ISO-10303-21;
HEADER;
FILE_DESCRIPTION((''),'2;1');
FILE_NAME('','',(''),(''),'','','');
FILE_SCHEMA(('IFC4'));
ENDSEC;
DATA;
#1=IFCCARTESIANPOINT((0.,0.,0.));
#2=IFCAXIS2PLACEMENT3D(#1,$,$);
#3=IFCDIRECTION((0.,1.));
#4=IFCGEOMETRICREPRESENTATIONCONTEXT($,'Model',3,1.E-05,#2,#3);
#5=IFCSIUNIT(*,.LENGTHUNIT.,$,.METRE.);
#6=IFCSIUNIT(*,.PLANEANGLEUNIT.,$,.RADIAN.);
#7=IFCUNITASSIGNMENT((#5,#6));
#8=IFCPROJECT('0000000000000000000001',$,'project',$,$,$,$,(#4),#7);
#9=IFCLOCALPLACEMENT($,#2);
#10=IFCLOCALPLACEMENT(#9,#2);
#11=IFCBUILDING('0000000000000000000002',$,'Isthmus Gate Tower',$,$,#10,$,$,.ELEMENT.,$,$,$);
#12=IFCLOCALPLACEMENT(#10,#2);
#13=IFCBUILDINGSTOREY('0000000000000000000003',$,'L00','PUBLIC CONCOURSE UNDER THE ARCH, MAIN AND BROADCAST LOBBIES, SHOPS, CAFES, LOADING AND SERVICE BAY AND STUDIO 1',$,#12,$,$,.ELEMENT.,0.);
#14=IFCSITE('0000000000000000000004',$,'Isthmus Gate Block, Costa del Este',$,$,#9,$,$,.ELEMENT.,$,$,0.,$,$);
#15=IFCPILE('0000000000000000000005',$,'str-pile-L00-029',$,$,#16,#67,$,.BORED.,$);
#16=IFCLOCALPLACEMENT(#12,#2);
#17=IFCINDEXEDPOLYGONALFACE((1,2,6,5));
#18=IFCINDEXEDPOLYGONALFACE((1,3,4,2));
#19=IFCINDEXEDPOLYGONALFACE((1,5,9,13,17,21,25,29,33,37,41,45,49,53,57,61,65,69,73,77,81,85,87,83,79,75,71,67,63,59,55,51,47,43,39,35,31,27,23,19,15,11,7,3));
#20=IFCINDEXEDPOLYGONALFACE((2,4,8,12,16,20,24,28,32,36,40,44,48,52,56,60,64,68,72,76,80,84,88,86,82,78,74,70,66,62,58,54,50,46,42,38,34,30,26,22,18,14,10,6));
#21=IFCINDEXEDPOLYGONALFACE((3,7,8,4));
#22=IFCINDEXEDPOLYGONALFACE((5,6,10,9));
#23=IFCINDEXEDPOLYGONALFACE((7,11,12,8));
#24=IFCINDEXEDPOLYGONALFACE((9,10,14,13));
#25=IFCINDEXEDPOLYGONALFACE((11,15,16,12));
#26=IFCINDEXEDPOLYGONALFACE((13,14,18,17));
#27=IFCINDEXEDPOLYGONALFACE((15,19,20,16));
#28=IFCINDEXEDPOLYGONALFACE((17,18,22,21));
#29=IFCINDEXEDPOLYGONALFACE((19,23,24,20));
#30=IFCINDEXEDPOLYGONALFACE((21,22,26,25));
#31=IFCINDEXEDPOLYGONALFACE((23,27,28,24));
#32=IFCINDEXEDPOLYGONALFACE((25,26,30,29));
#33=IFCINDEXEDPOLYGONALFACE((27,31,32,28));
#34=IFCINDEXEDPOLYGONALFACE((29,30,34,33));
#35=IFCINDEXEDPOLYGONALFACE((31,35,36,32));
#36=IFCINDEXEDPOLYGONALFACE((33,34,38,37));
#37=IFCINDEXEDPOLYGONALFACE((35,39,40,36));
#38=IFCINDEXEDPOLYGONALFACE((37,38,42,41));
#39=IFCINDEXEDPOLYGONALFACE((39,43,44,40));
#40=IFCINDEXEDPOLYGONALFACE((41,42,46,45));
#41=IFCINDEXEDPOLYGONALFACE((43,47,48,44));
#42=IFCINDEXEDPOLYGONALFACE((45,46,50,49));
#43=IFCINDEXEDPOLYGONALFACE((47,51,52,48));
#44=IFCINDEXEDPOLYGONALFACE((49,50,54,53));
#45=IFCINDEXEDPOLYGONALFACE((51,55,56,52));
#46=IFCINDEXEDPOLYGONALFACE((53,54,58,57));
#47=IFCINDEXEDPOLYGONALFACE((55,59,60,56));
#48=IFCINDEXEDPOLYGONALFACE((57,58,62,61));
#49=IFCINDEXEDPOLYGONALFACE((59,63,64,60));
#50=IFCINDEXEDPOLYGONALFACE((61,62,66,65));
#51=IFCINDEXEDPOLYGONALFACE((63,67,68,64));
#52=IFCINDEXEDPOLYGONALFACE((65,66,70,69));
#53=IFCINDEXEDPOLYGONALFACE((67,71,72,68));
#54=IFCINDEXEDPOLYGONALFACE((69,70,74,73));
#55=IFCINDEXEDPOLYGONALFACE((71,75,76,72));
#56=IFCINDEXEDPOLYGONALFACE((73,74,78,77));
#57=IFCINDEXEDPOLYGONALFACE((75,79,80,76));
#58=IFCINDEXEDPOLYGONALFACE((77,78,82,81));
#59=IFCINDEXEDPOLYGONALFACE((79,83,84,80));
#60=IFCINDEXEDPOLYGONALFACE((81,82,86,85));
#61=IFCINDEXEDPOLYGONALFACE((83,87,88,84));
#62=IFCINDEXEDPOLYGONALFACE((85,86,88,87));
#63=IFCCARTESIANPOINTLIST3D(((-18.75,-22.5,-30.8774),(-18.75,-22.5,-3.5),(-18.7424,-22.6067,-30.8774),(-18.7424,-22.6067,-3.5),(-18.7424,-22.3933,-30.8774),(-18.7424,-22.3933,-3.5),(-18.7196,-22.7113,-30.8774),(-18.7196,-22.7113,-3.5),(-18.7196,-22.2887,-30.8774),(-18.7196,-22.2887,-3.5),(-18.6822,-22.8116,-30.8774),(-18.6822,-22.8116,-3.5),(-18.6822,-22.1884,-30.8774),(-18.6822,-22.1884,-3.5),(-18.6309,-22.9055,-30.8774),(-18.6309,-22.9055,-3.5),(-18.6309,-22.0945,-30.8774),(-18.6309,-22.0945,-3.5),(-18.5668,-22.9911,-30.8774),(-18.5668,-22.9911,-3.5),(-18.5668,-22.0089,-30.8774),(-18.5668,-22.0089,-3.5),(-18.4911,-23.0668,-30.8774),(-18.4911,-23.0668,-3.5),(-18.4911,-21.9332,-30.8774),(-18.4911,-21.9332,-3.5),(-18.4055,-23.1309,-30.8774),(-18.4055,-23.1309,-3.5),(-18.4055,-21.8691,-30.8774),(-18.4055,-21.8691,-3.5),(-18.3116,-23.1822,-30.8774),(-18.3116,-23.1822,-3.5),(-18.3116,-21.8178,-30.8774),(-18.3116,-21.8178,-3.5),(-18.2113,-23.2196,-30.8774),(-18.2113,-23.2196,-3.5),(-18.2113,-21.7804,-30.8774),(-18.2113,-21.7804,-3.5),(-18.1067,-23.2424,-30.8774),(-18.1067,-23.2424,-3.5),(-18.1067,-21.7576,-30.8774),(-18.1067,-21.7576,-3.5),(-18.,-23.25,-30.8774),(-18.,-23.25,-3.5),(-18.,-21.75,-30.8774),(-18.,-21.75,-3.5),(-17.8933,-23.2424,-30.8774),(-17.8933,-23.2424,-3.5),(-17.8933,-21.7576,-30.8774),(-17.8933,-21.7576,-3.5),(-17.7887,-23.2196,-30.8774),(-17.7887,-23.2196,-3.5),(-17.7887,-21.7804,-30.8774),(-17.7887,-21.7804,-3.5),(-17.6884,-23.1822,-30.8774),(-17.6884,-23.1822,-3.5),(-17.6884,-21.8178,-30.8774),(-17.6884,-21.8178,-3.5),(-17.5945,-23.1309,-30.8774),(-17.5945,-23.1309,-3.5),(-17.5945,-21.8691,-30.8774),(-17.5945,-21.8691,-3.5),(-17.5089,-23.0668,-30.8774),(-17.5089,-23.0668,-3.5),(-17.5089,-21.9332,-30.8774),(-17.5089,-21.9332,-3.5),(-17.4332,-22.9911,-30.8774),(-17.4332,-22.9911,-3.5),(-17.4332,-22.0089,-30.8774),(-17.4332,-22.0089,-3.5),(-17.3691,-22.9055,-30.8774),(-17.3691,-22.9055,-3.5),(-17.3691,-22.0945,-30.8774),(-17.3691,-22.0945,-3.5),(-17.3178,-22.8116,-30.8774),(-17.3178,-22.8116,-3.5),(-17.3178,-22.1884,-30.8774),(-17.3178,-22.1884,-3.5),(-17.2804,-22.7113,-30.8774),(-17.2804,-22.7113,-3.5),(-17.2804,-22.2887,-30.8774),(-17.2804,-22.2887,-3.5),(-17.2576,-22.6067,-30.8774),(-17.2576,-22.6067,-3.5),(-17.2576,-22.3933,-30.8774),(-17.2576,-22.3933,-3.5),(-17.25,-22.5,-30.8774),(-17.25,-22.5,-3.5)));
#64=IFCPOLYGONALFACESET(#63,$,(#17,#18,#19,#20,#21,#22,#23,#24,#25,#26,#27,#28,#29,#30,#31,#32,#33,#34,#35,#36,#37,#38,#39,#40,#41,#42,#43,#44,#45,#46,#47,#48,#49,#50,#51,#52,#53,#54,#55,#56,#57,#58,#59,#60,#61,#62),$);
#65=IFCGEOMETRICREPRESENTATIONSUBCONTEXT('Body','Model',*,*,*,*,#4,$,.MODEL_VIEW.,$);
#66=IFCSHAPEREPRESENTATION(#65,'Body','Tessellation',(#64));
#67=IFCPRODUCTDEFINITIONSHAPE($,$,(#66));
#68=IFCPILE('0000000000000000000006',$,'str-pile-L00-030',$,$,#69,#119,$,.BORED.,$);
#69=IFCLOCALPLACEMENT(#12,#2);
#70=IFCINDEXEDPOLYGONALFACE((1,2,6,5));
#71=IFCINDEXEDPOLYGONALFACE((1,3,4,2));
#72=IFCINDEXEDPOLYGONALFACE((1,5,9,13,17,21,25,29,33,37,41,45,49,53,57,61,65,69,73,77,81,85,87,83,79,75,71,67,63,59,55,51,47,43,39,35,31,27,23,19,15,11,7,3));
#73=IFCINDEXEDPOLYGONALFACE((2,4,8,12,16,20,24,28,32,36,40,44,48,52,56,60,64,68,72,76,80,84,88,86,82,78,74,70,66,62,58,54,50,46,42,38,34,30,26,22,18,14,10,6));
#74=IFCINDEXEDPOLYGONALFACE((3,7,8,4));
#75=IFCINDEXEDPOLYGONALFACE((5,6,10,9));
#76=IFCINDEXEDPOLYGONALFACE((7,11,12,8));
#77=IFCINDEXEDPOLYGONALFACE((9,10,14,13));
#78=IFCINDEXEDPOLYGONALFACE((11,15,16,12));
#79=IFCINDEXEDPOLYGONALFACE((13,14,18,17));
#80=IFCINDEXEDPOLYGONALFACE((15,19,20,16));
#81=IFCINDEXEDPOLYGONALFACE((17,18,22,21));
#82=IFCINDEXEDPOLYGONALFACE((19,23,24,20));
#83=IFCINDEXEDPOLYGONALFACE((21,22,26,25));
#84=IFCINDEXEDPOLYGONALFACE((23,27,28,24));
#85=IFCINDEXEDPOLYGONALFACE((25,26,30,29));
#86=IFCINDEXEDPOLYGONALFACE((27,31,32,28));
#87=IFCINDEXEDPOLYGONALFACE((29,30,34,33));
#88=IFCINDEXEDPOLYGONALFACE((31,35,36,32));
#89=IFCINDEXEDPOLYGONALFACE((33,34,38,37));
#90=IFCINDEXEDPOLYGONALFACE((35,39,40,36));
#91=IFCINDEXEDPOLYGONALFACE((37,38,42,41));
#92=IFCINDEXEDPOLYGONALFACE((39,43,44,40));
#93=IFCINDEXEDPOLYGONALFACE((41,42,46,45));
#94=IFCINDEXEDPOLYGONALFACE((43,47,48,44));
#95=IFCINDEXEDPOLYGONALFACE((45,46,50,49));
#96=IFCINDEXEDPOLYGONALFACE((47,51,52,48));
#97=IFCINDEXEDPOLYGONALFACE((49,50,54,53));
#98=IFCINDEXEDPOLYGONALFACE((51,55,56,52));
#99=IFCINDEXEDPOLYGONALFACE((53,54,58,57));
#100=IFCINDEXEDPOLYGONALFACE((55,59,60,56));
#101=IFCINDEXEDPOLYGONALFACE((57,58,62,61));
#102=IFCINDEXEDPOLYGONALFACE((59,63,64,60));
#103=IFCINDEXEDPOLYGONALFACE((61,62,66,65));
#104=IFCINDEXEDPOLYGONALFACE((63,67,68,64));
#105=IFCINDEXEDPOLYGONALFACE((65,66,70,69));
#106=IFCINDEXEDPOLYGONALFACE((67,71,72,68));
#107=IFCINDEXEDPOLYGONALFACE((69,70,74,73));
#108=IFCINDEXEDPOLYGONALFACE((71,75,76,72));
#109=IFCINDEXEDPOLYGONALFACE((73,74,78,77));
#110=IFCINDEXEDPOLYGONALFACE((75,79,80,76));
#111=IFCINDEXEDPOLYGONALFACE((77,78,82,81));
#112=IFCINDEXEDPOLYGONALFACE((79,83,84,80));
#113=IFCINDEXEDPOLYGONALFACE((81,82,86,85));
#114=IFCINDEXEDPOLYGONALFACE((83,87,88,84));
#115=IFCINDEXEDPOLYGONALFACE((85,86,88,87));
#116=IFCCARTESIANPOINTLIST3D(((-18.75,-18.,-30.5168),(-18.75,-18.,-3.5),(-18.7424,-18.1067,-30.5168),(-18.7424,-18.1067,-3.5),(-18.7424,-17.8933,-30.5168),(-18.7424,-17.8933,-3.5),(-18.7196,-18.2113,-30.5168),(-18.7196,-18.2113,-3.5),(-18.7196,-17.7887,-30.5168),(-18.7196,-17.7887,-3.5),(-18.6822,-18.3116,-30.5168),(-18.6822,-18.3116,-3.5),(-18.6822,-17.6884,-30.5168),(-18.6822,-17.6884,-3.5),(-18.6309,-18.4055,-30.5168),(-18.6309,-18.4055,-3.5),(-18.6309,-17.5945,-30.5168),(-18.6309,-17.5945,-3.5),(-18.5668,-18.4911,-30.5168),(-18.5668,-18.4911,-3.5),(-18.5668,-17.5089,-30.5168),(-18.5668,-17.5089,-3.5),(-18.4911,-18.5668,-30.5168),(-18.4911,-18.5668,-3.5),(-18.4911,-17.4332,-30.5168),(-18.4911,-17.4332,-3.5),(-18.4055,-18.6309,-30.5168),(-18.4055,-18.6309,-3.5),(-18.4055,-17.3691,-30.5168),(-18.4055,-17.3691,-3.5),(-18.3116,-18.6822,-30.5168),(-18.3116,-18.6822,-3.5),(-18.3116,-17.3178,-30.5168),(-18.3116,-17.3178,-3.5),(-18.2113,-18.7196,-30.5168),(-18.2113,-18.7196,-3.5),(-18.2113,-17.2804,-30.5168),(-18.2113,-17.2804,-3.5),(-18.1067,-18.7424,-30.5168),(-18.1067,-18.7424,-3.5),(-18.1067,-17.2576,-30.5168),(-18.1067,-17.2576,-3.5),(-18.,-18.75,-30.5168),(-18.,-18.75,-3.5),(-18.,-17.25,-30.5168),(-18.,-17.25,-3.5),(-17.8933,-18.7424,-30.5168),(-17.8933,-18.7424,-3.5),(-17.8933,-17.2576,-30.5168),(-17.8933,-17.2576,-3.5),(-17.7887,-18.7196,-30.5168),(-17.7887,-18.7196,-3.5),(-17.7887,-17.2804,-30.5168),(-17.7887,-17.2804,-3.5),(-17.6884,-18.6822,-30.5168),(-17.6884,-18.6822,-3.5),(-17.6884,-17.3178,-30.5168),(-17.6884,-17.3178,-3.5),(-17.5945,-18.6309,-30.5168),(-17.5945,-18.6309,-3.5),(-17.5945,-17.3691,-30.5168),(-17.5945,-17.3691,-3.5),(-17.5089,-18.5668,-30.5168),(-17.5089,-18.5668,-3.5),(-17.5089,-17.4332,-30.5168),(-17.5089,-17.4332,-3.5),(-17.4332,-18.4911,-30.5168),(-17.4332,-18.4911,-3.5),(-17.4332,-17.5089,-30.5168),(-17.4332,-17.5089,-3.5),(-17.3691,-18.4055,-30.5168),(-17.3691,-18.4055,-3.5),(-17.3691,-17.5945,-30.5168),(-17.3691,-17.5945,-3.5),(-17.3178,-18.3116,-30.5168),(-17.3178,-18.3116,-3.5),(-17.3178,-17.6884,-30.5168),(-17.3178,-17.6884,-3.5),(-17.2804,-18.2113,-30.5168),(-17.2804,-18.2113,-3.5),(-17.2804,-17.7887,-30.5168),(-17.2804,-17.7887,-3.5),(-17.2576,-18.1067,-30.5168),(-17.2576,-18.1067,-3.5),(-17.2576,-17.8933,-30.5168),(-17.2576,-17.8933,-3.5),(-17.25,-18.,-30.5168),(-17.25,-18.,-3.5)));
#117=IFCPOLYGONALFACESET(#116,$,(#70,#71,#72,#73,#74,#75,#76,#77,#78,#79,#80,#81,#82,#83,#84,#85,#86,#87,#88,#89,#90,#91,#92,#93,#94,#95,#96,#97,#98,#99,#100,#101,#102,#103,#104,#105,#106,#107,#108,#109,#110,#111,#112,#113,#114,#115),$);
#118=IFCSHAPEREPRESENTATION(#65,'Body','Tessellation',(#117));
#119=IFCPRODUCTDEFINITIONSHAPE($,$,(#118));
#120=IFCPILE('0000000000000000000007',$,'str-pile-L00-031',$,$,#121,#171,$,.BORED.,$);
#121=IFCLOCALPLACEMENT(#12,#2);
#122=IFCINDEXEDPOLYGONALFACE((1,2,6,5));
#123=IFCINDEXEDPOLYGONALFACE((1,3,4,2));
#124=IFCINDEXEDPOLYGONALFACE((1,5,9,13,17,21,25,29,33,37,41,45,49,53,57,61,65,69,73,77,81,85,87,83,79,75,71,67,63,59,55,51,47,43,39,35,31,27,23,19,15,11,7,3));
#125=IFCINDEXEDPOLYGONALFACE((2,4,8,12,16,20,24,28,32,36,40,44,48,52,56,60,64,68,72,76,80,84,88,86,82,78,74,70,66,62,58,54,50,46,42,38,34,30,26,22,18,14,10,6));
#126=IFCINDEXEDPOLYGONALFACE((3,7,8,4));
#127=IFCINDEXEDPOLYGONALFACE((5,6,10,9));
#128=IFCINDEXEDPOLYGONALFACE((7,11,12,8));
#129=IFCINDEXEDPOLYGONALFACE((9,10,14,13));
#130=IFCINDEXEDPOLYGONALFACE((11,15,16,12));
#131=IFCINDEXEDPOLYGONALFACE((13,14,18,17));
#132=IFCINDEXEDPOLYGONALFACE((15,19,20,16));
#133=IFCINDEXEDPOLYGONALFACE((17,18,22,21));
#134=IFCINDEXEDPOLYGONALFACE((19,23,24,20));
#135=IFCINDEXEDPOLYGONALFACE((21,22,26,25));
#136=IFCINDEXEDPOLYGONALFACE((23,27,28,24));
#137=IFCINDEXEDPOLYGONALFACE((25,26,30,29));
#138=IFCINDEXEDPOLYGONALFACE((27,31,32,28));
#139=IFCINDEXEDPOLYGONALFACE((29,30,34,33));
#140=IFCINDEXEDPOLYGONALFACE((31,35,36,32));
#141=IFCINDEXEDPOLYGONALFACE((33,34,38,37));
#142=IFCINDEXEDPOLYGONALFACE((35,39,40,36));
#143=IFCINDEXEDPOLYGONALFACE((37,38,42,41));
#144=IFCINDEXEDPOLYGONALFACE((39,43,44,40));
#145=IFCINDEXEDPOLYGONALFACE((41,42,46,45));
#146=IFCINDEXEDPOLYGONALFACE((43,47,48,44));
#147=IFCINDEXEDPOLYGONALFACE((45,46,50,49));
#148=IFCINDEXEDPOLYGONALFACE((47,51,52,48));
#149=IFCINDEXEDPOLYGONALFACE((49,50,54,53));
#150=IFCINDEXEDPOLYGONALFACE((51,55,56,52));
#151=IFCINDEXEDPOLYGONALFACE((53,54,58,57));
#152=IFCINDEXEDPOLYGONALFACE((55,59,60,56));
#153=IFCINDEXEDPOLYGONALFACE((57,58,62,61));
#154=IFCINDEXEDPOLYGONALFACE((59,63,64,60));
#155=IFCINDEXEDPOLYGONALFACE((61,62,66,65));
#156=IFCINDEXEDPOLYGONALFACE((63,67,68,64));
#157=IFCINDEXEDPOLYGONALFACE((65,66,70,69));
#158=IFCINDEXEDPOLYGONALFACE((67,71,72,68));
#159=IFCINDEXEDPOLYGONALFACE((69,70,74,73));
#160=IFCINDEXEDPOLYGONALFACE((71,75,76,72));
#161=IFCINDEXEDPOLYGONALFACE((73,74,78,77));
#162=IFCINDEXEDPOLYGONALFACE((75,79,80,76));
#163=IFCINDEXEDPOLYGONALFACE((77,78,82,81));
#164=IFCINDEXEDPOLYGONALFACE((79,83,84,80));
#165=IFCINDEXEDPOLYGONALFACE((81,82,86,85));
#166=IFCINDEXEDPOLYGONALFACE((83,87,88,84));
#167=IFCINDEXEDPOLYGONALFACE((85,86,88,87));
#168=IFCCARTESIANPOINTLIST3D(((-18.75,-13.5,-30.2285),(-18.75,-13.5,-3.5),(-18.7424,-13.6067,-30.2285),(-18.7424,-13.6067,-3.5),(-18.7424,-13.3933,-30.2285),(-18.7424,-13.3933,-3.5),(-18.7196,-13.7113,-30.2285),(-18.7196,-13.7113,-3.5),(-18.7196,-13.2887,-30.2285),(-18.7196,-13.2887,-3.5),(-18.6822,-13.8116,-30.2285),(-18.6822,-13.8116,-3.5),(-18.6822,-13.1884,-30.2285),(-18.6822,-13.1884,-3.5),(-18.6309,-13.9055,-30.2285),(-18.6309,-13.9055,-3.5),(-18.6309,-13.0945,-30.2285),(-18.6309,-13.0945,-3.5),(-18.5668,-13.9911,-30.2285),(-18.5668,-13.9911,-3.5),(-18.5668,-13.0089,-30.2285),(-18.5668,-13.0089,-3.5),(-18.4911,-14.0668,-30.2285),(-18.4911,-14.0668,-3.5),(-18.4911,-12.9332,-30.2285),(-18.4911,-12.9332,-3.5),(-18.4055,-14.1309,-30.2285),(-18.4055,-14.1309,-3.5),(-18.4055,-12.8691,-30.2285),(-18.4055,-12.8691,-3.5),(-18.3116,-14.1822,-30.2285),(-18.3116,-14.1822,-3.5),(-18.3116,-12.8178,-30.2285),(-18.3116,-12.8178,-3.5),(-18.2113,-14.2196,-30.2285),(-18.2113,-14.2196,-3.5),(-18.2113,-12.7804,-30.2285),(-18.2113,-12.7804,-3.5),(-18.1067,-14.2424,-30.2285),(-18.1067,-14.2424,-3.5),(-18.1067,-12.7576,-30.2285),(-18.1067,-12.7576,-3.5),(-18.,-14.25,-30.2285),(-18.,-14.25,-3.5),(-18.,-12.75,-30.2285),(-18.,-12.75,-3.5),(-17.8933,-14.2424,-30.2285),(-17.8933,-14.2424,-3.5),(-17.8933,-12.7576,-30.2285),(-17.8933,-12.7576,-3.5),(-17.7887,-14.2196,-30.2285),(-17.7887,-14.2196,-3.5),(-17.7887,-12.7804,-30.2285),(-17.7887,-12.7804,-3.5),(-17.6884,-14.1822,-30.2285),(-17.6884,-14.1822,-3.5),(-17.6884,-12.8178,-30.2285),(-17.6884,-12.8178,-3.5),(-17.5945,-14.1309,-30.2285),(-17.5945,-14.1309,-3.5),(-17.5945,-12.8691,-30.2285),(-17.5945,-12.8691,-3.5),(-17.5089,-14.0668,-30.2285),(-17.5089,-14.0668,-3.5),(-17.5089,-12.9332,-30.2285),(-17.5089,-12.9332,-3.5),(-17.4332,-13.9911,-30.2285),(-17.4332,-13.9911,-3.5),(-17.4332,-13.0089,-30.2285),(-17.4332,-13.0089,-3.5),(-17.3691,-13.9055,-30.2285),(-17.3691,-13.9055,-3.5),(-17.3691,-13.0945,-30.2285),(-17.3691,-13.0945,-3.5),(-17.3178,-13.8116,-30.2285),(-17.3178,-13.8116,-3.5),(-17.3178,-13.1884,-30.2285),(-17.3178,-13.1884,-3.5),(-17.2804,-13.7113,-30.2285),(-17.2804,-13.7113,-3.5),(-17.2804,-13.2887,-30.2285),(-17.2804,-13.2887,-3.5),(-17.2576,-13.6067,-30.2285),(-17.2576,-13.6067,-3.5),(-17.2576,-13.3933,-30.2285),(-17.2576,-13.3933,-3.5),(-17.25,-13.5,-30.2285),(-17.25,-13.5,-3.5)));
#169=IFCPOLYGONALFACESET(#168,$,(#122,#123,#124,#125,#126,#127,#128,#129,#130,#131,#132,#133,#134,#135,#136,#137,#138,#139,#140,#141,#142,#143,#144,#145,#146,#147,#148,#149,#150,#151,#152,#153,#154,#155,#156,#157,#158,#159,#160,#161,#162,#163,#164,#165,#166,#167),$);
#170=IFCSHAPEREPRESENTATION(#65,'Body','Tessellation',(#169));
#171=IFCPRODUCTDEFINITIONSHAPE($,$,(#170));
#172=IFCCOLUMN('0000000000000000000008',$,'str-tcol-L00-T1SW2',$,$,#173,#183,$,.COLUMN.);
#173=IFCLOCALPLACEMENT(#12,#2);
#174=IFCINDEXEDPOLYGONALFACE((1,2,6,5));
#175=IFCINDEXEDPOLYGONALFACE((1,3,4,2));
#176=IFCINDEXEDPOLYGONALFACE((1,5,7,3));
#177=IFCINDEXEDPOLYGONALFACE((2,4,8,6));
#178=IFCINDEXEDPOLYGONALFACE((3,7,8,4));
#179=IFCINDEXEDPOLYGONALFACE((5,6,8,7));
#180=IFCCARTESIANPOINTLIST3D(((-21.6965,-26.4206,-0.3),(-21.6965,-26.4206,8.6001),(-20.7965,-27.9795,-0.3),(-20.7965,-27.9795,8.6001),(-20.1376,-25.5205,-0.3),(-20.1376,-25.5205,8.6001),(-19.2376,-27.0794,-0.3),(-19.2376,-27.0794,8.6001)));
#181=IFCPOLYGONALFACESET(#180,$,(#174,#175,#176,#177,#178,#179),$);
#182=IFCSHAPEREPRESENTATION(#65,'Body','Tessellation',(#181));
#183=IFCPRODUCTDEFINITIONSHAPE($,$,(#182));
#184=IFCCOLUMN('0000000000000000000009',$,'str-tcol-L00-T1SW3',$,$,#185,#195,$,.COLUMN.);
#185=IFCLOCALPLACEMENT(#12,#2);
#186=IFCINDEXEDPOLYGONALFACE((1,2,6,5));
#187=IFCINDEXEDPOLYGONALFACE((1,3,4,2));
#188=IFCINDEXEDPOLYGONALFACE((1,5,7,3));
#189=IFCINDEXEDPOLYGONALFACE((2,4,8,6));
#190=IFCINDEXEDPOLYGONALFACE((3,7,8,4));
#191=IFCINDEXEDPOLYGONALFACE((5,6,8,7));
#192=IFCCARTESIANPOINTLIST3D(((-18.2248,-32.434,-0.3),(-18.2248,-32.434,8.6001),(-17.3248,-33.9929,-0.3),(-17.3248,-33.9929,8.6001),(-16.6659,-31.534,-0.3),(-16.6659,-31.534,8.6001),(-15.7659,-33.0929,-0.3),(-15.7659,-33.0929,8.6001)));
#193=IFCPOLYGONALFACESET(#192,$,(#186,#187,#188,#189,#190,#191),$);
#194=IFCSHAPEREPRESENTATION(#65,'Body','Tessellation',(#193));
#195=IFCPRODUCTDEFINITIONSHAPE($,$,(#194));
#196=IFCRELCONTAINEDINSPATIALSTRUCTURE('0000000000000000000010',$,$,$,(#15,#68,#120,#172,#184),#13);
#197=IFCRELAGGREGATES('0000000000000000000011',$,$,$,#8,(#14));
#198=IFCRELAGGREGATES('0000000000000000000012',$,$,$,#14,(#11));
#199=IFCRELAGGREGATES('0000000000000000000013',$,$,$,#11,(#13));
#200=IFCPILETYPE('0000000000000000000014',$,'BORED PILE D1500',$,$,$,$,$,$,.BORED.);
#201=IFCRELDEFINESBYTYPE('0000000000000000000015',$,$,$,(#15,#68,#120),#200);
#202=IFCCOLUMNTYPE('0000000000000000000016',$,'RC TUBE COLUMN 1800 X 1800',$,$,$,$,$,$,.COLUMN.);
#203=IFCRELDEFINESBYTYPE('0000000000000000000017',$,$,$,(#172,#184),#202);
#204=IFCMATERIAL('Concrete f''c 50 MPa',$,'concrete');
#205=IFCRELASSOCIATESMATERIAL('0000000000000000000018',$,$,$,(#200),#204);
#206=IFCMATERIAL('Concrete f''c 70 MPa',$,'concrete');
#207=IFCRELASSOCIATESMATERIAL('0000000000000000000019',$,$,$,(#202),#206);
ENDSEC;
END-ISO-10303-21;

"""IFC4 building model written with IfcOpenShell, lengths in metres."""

from ifc_helpers import new_model, si_unit, direction, frame, origin, origin_2d, place, context, subcontext, project, spatial, rectangle, circle, extrude, material, material_profile, profile_set, type_object, element, save


model = new_model("IFC4")

# Units and contexts
model_context = context("Model", 3, precision=1e-05, world=origin(), true_north=direction((0.0, 1.0)))
body_context = subcontext(model_context, "Body", "Model", "MODEL_VIEW")
ifc_project = project(units=[si_unit("LENGTHUNIT", "METRE"), si_unit("PLANEANGLEUNIT", "RADIAN")], contexts=[model_context])

# Site, building, storey
site_placement = place(None, origin())
site = spatial("IfcSite", under=ifc_project, at=site_placement, Name="Isthmus Gate Block, Costa del Este", CompositionType="ELEMENT", RefElevation=0.0)
building_placement = place(site_placement, origin())
building = spatial("IfcBuilding", under=site, at=building_placement, Name="Isthmus Gate Tower", CompositionType="ELEMENT")
storey_placement = place(building_placement, origin())
storey = spatial("IfcBuildingStorey", under=building, at=storey_placement, Name="L00", Description="PUBLIC CONCOURSE UNDER THE ARCH, MAIN AND BROADCAST LOBBIES, SHOPS, CAFES, LOADING AND SERVICE BAY AND STUDIO 1", CompositionType="ELEMENT", Elevation=0.0)

# Piles
ifc_material_1 = material(Name="Concrete f'c 50 MPa", Category="concrete")
ifc_material_profile_1 = material_profile(ifc_material_1, circle(Radius=0.75, at=origin_2d()), Name="D1500")
ifc_profile_set_1 = profile_set([ifc_material_profile_1], Name="Concrete f'c 50 MPa")
pile_type_1 = type_object("IfcPileType", Name="BORED PILE D1500", PredefinedType="BORED", material=ifc_profile_set_1)
pile_1_placement = place(storey_placement, frame((-18.0, -22.5, -3.5), z_axis=(0.0, 0.0, -1.0), x_axis=(1.0, 0.0, 0.0)))
element("IfcPile", 1, at=pile_1_placement, inside=storey, type_object=pile_type_1, Name="str-pile-L00-029", PredefinedType="BORED", context=body_context, shape_type="SweptSolid", body=[
    extrude(circle(Radius=0.75, at=origin_2d()), origin(), (0.0, 0.0, 1.0), 27.3774),
])
pile_2_placement = place(storey_placement, frame((-18.0, -18.0, -3.5), z_axis=(0.0, 0.0, -1.0), x_axis=(1.0, 0.0, 0.0)))
element("IfcPile", 2, at=pile_2_placement, inside=storey, type_object=pile_type_1, Name="str-pile-L00-030", PredefinedType="BORED", context=body_context, shape_type="SweptSolid", body=[
    extrude(circle(Radius=0.75, at=origin_2d()), origin(), (0.0, 0.0, 1.0), 27.0168),
])
pile_3_placement = place(storey_placement, frame((-18.0, -13.5, -3.5), z_axis=(0.0, 0.0, -1.0), x_axis=(1.0, 0.0, 0.0)))
element("IfcPile", 3, at=pile_3_placement, inside=storey, type_object=pile_type_1, Name="str-pile-L00-031", PredefinedType="BORED", context=body_context, shape_type="SweptSolid", body=[
    extrude(circle(Radius=0.75, at=origin_2d()), origin(), (0.0, 0.0, 1.0), 26.7285),
])

# Columns
ifc_material_2 = material(Name="Concrete f'c 70 MPa", Category="concrete")
ifc_material_profile_2 = material_profile(ifc_material_2, rectangle(XDim=1.8, YDim=1.8, at=origin_2d()), Name="RC 1800X1800")
ifc_profile_set_2 = profile_set([ifc_material_profile_2], Name="Concrete f'c 70 MPa")
column_type = type_object("IfcColumnType", Name="RC TUBE COLUMN 1800 X 1800", PredefinedType="COLUMN", material=ifc_profile_set_2)
for number, where, z_axis, x_axis, name in (
    (4, (-20.467, -26.75, -0.3), (0.0, 0.0, 1.0), (0.5, -0.866025, 0.0), "str-tcol-L00-T1SW2"),
    (5, (-16.9954, -32.7634, -0.3), (0.0, 0.0, 1.0), (0.5, -0.866025, 0.0), "str-tcol-L00-T1SW3"),
):
    element("IfcColumn", number, at=place(storey_placement, frame(where, z_axis=z_axis, x_axis=x_axis)), inside=storey, type_object=column_type, Name=name, PredefinedType="COLUMN", context=body_context, shape_type="SweptSolid", body=[
        extrude(rectangle(XDim=1.8, YDim=1.8, at=origin_2d()), origin(), (0.0, 0.0, 1.0), 8.9001),
    ])

save(model, "model.ifc")
